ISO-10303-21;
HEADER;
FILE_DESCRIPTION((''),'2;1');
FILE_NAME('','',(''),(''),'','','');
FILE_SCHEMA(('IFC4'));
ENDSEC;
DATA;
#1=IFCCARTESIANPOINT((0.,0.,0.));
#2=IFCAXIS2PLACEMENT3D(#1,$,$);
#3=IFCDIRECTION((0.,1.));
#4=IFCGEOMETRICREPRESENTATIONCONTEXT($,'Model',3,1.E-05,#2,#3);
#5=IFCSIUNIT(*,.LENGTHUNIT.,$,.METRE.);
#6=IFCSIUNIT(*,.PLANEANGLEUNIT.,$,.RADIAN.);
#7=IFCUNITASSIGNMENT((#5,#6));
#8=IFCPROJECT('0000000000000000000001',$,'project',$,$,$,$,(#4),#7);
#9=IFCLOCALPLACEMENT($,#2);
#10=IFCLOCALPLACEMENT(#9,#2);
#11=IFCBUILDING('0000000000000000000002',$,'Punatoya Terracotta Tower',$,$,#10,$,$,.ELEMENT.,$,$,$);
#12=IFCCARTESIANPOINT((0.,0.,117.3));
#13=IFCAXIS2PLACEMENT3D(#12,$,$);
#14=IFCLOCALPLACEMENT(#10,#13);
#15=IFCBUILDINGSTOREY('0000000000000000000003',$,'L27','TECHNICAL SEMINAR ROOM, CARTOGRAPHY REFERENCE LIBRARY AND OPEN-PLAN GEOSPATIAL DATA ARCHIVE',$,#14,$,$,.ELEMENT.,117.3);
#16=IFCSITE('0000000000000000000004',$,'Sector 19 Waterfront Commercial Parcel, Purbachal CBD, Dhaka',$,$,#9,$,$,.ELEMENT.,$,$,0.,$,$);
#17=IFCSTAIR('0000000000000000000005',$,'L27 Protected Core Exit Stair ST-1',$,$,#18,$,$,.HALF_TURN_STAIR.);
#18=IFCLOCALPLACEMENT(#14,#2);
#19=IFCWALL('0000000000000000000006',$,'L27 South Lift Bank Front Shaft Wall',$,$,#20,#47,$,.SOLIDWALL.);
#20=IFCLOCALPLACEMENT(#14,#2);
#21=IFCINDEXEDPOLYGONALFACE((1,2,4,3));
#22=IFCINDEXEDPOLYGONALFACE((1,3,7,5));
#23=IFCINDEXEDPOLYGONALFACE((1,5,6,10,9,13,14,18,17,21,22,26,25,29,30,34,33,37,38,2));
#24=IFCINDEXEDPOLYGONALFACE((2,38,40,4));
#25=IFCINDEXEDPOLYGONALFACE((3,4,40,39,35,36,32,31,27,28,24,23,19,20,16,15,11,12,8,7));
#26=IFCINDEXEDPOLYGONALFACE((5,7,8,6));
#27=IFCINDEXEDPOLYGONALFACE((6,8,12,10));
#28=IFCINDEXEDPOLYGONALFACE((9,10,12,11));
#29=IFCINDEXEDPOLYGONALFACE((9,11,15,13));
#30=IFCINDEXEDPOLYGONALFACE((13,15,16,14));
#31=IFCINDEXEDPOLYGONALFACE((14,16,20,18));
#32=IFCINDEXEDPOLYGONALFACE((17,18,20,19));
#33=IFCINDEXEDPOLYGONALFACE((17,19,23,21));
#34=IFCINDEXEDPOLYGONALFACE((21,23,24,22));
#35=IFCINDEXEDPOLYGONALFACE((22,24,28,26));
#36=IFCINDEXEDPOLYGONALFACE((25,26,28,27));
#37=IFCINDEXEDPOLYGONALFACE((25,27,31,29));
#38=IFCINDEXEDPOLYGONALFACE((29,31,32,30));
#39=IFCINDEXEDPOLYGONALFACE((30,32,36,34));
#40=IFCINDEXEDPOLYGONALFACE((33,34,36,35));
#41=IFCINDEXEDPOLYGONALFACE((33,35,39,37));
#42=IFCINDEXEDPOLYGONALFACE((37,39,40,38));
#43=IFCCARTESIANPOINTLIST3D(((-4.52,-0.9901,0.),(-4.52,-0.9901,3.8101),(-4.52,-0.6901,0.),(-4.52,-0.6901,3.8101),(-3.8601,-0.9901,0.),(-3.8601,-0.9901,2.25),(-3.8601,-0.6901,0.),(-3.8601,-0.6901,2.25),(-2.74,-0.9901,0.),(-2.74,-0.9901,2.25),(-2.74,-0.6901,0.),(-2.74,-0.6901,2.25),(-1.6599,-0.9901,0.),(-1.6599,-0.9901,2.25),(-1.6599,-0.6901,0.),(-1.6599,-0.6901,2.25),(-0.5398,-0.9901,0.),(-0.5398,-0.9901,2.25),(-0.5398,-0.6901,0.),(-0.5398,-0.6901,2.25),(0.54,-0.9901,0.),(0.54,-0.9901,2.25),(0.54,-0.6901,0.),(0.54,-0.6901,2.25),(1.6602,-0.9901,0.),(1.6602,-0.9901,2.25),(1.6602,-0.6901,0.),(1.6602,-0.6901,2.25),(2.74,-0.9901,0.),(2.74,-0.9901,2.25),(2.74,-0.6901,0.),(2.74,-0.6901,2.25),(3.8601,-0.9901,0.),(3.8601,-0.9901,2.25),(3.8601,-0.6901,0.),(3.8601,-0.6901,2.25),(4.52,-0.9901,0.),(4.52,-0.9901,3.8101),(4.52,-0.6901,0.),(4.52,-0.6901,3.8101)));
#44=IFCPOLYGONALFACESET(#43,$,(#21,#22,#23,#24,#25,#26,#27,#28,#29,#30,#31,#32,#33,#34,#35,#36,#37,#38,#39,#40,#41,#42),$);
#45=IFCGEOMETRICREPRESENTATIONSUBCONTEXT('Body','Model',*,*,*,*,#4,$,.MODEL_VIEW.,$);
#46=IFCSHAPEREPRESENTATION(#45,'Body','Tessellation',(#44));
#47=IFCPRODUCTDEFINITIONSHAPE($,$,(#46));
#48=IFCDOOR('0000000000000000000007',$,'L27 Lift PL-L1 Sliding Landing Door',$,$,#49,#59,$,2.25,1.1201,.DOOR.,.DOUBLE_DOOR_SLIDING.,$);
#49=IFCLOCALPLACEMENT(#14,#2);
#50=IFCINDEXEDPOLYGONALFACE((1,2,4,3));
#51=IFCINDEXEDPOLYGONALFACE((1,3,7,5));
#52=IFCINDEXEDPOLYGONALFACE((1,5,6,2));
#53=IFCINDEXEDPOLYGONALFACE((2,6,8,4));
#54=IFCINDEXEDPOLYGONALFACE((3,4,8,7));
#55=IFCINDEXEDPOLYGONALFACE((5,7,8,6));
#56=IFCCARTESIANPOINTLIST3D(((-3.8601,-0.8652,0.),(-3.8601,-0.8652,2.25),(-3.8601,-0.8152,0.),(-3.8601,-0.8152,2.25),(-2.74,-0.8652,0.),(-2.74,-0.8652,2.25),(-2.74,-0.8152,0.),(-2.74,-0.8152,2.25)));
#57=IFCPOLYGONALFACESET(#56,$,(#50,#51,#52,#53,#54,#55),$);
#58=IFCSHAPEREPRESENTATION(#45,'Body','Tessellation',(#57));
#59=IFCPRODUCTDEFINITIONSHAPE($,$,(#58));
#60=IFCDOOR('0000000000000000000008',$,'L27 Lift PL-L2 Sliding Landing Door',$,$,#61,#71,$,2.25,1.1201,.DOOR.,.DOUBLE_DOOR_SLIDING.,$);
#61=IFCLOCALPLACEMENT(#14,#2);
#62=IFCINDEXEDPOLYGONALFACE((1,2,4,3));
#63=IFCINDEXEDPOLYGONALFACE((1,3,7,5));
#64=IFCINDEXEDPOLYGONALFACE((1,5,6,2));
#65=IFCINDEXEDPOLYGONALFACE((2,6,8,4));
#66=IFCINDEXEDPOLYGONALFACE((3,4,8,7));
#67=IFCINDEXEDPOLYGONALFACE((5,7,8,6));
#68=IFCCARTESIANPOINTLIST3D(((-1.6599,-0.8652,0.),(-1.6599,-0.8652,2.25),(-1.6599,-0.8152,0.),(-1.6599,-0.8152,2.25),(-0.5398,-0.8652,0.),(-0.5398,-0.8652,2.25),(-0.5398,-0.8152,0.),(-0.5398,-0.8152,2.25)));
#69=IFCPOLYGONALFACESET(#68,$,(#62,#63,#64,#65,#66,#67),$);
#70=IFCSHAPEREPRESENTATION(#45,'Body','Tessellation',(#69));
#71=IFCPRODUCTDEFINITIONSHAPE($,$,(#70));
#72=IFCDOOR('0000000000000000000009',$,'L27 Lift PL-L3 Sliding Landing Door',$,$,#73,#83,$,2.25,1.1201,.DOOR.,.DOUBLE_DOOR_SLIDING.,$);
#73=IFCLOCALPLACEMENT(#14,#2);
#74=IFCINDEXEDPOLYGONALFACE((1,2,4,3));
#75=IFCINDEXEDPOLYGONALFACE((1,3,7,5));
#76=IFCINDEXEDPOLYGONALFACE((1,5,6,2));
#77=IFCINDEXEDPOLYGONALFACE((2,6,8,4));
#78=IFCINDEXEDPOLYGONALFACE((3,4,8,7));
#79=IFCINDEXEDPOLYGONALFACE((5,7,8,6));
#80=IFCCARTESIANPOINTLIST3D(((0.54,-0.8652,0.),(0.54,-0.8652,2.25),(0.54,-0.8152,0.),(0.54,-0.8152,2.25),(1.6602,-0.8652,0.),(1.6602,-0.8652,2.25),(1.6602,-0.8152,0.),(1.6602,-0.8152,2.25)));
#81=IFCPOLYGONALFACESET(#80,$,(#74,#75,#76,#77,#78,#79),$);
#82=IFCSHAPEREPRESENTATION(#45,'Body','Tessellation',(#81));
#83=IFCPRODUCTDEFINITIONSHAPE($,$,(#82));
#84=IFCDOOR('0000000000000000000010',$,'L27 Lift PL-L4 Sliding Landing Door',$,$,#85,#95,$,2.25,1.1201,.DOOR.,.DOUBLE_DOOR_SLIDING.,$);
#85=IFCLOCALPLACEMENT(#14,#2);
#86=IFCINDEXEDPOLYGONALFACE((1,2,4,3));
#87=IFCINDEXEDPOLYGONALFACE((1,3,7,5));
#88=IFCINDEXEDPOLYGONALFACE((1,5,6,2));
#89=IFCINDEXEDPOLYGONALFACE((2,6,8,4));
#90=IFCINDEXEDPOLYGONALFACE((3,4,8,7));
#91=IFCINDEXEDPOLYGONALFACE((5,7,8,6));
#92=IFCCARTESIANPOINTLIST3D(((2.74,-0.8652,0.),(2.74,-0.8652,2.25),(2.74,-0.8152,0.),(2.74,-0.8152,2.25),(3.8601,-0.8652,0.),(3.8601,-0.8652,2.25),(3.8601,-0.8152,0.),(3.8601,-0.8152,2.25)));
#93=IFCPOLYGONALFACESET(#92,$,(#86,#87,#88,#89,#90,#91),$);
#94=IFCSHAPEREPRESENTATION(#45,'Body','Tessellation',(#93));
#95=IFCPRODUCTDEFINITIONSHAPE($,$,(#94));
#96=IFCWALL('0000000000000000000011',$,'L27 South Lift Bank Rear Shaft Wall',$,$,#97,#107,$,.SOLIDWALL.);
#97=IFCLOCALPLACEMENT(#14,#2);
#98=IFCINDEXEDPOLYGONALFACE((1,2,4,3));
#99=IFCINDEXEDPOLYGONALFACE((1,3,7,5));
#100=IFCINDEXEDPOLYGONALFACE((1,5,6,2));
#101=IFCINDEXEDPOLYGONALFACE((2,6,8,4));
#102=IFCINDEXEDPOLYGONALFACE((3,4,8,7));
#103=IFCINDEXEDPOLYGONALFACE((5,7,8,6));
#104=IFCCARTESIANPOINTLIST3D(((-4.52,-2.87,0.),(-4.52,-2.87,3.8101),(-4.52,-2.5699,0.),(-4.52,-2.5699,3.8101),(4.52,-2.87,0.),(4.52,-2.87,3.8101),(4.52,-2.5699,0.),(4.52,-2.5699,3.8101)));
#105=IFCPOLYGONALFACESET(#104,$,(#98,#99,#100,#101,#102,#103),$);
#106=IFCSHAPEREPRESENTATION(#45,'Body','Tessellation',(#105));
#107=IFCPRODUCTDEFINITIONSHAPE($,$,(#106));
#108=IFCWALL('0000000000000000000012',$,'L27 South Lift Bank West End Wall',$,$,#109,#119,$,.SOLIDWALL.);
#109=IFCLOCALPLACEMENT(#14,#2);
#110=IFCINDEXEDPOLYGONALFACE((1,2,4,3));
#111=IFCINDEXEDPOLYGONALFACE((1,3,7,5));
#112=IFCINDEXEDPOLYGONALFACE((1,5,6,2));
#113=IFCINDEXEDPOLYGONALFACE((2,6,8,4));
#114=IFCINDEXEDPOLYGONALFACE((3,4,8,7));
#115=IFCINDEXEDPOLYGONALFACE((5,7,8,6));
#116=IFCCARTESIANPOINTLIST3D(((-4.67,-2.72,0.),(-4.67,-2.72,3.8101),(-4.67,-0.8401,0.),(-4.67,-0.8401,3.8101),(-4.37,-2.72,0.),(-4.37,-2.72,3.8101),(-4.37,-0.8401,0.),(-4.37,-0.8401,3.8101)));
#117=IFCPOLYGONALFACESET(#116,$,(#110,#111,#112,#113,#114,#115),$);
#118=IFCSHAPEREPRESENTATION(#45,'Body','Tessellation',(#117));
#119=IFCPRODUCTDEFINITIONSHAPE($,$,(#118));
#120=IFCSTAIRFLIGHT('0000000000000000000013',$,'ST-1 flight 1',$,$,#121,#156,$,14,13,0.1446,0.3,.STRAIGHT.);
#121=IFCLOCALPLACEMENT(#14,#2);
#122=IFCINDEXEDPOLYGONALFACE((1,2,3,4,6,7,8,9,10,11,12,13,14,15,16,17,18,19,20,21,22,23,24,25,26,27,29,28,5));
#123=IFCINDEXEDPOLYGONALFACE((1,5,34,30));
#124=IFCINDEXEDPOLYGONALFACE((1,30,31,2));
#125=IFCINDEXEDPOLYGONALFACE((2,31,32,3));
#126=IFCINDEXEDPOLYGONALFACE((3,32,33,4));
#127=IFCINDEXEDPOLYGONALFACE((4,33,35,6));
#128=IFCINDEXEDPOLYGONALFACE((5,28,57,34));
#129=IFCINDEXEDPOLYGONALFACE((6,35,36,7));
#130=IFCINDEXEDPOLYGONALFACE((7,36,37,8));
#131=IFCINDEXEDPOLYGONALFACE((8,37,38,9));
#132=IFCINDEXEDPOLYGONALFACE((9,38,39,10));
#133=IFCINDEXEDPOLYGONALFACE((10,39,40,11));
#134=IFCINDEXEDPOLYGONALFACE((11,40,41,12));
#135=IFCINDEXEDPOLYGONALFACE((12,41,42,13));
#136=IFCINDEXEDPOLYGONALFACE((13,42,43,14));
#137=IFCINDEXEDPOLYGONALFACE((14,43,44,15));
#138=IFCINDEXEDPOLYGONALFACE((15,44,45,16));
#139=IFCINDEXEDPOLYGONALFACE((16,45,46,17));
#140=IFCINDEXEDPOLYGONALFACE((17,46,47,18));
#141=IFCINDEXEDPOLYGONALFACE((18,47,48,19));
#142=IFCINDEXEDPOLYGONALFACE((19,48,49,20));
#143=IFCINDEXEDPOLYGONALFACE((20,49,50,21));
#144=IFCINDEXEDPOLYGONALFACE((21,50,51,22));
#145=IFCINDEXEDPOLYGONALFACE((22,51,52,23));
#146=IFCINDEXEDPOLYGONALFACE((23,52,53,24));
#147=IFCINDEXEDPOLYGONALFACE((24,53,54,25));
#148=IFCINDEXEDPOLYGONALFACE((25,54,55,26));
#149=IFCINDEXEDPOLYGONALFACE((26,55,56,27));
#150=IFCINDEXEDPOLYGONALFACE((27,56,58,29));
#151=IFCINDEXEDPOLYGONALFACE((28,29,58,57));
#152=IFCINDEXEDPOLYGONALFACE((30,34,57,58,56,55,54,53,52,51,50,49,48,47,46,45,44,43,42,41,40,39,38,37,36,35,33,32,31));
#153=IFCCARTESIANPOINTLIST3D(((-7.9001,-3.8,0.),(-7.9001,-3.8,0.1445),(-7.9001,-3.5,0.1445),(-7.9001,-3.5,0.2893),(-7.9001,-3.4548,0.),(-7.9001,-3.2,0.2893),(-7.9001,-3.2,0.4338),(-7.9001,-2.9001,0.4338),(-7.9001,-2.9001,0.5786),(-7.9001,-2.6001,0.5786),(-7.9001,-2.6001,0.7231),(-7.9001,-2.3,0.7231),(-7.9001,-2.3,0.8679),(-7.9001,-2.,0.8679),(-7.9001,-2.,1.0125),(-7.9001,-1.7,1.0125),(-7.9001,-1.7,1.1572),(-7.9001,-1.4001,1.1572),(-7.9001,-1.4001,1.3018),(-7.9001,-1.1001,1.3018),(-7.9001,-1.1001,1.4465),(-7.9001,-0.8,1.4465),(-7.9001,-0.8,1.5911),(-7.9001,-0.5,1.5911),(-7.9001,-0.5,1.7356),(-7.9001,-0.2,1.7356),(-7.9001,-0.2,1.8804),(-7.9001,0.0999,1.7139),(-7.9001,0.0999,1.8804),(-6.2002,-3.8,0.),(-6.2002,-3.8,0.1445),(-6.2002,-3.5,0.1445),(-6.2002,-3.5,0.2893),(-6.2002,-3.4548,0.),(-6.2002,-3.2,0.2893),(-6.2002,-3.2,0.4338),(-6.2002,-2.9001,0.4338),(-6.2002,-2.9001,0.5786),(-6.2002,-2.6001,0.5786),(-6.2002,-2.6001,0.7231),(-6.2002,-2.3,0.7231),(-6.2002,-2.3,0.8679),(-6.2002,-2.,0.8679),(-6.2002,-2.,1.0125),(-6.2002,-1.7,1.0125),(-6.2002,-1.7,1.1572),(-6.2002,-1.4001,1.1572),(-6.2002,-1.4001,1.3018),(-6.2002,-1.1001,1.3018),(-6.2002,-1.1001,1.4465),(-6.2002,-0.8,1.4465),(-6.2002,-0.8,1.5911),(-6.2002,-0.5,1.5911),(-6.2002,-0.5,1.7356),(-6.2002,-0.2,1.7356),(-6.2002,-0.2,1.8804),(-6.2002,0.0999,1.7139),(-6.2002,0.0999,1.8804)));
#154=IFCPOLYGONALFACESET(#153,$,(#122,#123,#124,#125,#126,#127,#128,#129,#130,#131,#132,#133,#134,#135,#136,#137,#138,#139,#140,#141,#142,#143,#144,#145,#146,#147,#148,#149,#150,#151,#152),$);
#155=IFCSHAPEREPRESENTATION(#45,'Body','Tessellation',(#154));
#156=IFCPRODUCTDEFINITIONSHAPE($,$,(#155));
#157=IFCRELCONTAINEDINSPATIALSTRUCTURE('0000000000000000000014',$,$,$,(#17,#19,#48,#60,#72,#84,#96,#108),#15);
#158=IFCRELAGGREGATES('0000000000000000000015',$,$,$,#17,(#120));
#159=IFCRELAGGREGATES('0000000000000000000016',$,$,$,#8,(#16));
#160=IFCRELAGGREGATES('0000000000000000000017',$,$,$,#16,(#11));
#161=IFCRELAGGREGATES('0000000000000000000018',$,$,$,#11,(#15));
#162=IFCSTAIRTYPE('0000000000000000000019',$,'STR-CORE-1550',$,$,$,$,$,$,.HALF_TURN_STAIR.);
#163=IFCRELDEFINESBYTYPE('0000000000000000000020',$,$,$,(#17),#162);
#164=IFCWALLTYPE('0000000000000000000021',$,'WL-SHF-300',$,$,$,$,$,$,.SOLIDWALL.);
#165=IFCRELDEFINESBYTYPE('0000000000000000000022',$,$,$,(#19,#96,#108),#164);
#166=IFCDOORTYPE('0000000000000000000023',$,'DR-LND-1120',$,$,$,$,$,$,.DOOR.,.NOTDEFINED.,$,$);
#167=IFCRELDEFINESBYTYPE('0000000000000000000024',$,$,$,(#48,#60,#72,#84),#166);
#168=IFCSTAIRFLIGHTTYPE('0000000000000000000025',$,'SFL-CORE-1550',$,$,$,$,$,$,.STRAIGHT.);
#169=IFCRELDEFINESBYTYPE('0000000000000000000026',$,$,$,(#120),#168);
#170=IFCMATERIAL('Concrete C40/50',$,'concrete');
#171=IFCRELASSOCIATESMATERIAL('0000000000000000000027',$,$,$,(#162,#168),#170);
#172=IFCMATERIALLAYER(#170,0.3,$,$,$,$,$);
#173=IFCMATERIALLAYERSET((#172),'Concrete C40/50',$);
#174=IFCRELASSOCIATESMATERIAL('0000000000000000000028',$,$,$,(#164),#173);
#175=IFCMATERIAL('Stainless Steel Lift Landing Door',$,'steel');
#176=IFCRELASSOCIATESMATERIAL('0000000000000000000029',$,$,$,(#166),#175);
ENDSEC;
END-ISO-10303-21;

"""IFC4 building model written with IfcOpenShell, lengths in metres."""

from ifc_helpers import new_model, si_unit, direction, frame, frame_2d, origin, place, context, subcontext, project, spatial, polyline, rectangle, outline, extrude, material, layer, layer_set, type_object, element, fill, aggregate, save


model = new_model("IFC4")

# Units and contexts
model_context = context("Model", 3, precision=1e-05, world=origin(), true_north=direction((0.0, 1.0)))
body_context = subcontext(model_context, "Body", "Model", "MODEL_VIEW")
ifc_project = project(units=[si_unit("LENGTHUNIT", "METRE"), si_unit("PLANEANGLEUNIT", "RADIAN")], contexts=[model_context])

# Site, building, storey
site_placement = place(None, origin())
site = spatial("IfcSite", under=ifc_project, at=site_placement, Name="Sector 19 Waterfront Commercial Parcel, Purbachal CBD, Dhaka", CompositionType="ELEMENT", RefElevation=0.0)
building_placement = place(site_placement, origin())
building = spatial("IfcBuilding", under=site, at=building_placement, Name="Punatoya Terracotta Tower", CompositionType="ELEMENT")
storey_placement = place(building_placement, frame((0.0, 0.0, 117.3)))
storey = spatial("IfcBuildingStorey", under=building, at=storey_placement, Name="L27", Description="TECHNICAL SEMINAR ROOM, CARTOGRAPHY REFERENCE LIBRARY AND OPEN-PLAN GEOSPATIAL DATA ARCHIVE", CompositionType="ELEMENT", Elevation=117.3)

# Stair
ifc_material_1 = material(Name="Concrete C40/50", Category="concrete")
stair_type_1 = type_object("IfcStairType", Name="STR-CORE-1550", PredefinedType="HALF_TURN_STAIR", material=ifc_material_1)
stair_1_placement = place(storey_placement, origin())
stair_1 = element("IfcStair", 1, at=stair_1_placement, inside=storey, type_object=stair_type_1, Name="L27 Protected Core Exit Stair ST-1", PredefinedType="HALF_TURN_STAIR")

# Wall, openings, doors
ifc_layer_1 = layer(ifc_material_1, 0.3)
ifc_layer_set_1 = layer_set([ifc_layer_1], Name="Concrete C40/50")
wall_type_1 = type_object("IfcWallType", Name="WL-SHF-300", PredefinedType="SOLIDWALL", material=ifc_layer_set_1)
wall_1_placement = place(storey_placement, frame((-4.52, -0.8401, 0.0), z_axis=(0.0, 0.0, 1.0), x_axis=(1.0, 0.0, 0.0)))
wall_1 = element("IfcWall", 2, at=wall_1_placement, inside=storey, type_object=wall_type_1, Name="L27 South Lift Bank Front Shaft Wall", PredefinedType="SOLIDWALL", context=body_context, shape_type="SweptSolid", body=[
    extrude(rectangle(XDim=9.04, YDim=0.3, at=frame_2d((4.52, 0.0))), origin(), (0.0, 0.0, 1.0), 3.8101),
])
opening_1_placement = place(wall_1_placement, frame((0.6599, 0.0, 0.0)))
opening_1 = element("IfcOpeningElement", 3, at=opening_1_placement, cuts=wall_1, PredefinedType="OPENING", context=body_context, shape_type="SweptSolid", body=[
    extrude(rectangle(XDim=1.1201, YDim=2.25, at=frame_2d((0.5601, 1.125))), frame((0.0, 0.1599, 0.0), z_axis=(0.0, -1.0, 0.0), x_axis=(1.0, 0.0, 0.0)), (0.0, 0.0, 1.0), 0.3201),
])
opening_2_placement = place(wall_1_placement, frame((2.8601, 0.0, 0.0)))
opening_2 = element("IfcOpeningElement", 4, at=opening_2_placement, cuts=wall_1, PredefinedType="OPENING", context=body_context, shape_type="SweptSolid", body=[
    extrude(rectangle(XDim=1.1201, YDim=2.25, at=frame_2d((0.5601, 1.125))), frame((0.0, 0.1599, 0.0), z_axis=(0.0, -1.0, 0.0), x_axis=(1.0, 0.0, 0.0)), (0.0, 0.0, 1.0), 0.3201),
])
opening_3_placement = place(wall_1_placement, frame((5.0601, 0.0, 0.0)))
opening_3 = element("IfcOpeningElement", 5, at=opening_3_placement, cuts=wall_1, PredefinedType="OPENING", context=body_context, shape_type="SweptSolid", body=[
    extrude(rectangle(XDim=1.1201, YDim=2.25, at=frame_2d((0.5601, 1.125))), frame((0.0, 0.1599, 0.0), z_axis=(0.0, -1.0, 0.0), x_axis=(1.0, 0.0, 0.0)), (0.0, 0.0, 1.0), 0.3201),
])
opening_4_placement = place(wall_1_placement, frame((7.26, 0.0, 0.0)))
opening_4 = element("IfcOpeningElement", 6, at=opening_4_placement, cuts=wall_1, PredefinedType="OPENING", context=body_context, shape_type="SweptSolid", body=[
    extrude(rectangle(XDim=1.1201, YDim=2.25, at=frame_2d((0.5601, 1.125))), frame((0.0, 0.1599, 0.0), z_axis=(0.0, -1.0, 0.0), x_axis=(1.0, 0.0, 0.0)), (0.0, 0.0, 1.0), 0.3201),
])
ifc_material_2 = material(Name="Stainless Steel Lift Landing Door", Category="steel")
door_type_1 = type_object("IfcDoorType", Name="DR-LND-1120", OperationType="NOTDEFINED", PredefinedType="DOOR", material=ifc_material_2)
door_1_placement = place(opening_1_placement, origin())
door_1 = element("IfcDoor", 7, at=door_1_placement, inside=storey, type_object=door_type_1, Name="L27 Lift PL-L1 Sliding Landing Door", OperationType="DOUBLE_DOOR_SLIDING", OverallHeight=2.25, OverallWidth=1.1201, PredefinedType="DOOR", context=body_context, shape_type="SweptSolid", body=[
    extrude(rectangle(XDim=1.1201, YDim=2.25, at=frame_2d((0.5601, 1.125))), frame((0.0, 0.0249, 0.0), z_axis=(0.0, -1.0, 0.0), x_axis=(1.0, 0.0, 0.0)), (0.0, 0.0, 1.0), 0.05),
])
fill(opening_1, door_1)
door_2_placement = place(opening_2_placement, origin())
door_2 = element("IfcDoor", 8, at=door_2_placement, inside=storey, type_object=door_type_1, Name="L27 Lift PL-L2 Sliding Landing Door", OperationType="DOUBLE_DOOR_SLIDING", OverallHeight=2.25, OverallWidth=1.1201, PredefinedType="DOOR", context=body_context, shape_type="SweptSolid", body=[
    extrude(rectangle(XDim=1.1201, YDim=2.25, at=frame_2d((0.5601, 1.125))), frame((0.0, 0.0249, 0.0), z_axis=(0.0, -1.0, 0.0), x_axis=(1.0, 0.0, 0.0)), (0.0, 0.0, 1.0), 0.05),
])
fill(opening_2, door_2)
door_3_placement = place(opening_3_placement, origin())
door_3 = element("IfcDoor", 9, at=door_3_placement, inside=storey, type_object=door_type_1, Name="L27 Lift PL-L3 Sliding Landing Door", OperationType="DOUBLE_DOOR_SLIDING", OverallHeight=2.25, OverallWidth=1.1201, PredefinedType="DOOR", context=body_context, shape_type="SweptSolid", body=[
    extrude(rectangle(XDim=1.1201, YDim=2.25, at=frame_2d((0.5601, 1.125))), frame((0.0, 0.0249, 0.0), z_axis=(0.0, -1.0, 0.0), x_axis=(1.0, 0.0, 0.0)), (0.0, 0.0, 1.0), 0.05),
])
fill(opening_3, door_3)
door_4_placement = place(opening_4_placement, origin())
door_4 = element("IfcDoor", 10, at=door_4_placement, inside=storey, type_object=door_type_1, Name="L27 Lift PL-L4 Sliding Landing Door", OperationType="DOUBLE_DOOR_SLIDING", OverallHeight=2.25, OverallWidth=1.1201, PredefinedType="DOOR", context=body_context, shape_type="SweptSolid", body=[
    extrude(rectangle(XDim=1.1201, YDim=2.25, at=frame_2d((0.5601, 1.125))), frame((0.0, 0.0249, 0.0), z_axis=(0.0, -1.0, 0.0), x_axis=(1.0, 0.0, 0.0)), (0.0, 0.0, 1.0), 0.05),
])
fill(opening_4, door_4)

# Walls
wall_2_placement = place(storey_placement, frame((-4.52, -2.72, 0.0), z_axis=(0.0, 0.0, 1.0), x_axis=(1.0, 0.0, 0.0)))
element("IfcWall", 11, at=wall_2_placement, inside=storey, type_object=wall_type_1, Name="L27 South Lift Bank Rear Shaft Wall", PredefinedType="SOLIDWALL", context=body_context, shape_type="SweptSolid", body=[
    extrude(rectangle(XDim=9.04, YDim=0.3, at=frame_2d((4.52, 0.0))), origin(), (0.0, 0.0, 1.0), 3.8101),
])
wall_3_placement = place(storey_placement, frame((-4.52, -2.72, 0.0), z_axis=(0.0, 0.0, 1.0), x_axis=(0.0, 1.0, 0.0)))
element("IfcWall", 12, at=wall_3_placement, inside=storey, type_object=wall_type_1, Name="L27 South Lift Bank West End Wall", PredefinedType="SOLIDWALL", context=body_context, shape_type="SweptSolid", body=[
    extrude(rectangle(XDim=1.8799, YDim=0.3, at=frame_2d((0.9399, 0.0))), origin(), (0.0, 0.0, 1.0), 3.8101),
])

# Stair flight
stair_flight_type = type_object("IfcStairFlightType", Name="SFL-CORE-1550", PredefinedType="STRAIGHT", material=ifc_material_1)
stair_flight_placement = place(storey_placement, frame((-7.05, -3.8, 0.0), z_axis=(0.0, 0.0, 1.0), x_axis=(0.0, 1.0, 0.0)))
stair_flight = element("IfcStairFlight", 13, at=stair_flight_placement, type_object=stair_flight_type, Name="ST-1 flight 1", NumberOfRisers=14, NumberOfTreads=13, PredefinedType="STRAIGHT", RiserHeight=0.1446, TreadLength=0.3, context=body_context, shape_type="SweptSolid", body=[
    extrude(outline(polyline([(0.0, 0.0), (0.0, 0.1445), (0.3, 0.1445), (0.3, 0.2893), (0.6001, 0.2893), (0.6001, 0.4338), (0.8999, 0.4338), (0.8999, 0.5786), (1.2, 0.5786), (1.2, 0.7231), (1.5, 0.7231), (1.5, 0.8679), (1.8, 0.8679), (1.8, 1.0125), (2.1001, 1.0125), (2.1001, 1.1572), (2.3999, 1.1572), (2.3999, 1.3018), (2.7, 1.3018), (2.7, 1.4465), (3.0, 1.4465), (3.0, 1.5911), (3.3, 1.5911), (3.3, 1.7356), (3.6001, 1.7356), (3.6001, 1.8804), (3.8999, 1.8804), (3.8999, 2.0249), (3.8999, 1.7139), (0.3452, 0.0), (0.0, 0.0)])), frame((0.0, 0.8501, 0.0), z_axis=(0.0, -1.0, 0.0), x_axis=(1.0, 0.0, 0.0)), (0.0, 0.0, 1.0), 1.7),
])
aggregate(stair_1, [stair_flight])

save(model, "model.ifc")
